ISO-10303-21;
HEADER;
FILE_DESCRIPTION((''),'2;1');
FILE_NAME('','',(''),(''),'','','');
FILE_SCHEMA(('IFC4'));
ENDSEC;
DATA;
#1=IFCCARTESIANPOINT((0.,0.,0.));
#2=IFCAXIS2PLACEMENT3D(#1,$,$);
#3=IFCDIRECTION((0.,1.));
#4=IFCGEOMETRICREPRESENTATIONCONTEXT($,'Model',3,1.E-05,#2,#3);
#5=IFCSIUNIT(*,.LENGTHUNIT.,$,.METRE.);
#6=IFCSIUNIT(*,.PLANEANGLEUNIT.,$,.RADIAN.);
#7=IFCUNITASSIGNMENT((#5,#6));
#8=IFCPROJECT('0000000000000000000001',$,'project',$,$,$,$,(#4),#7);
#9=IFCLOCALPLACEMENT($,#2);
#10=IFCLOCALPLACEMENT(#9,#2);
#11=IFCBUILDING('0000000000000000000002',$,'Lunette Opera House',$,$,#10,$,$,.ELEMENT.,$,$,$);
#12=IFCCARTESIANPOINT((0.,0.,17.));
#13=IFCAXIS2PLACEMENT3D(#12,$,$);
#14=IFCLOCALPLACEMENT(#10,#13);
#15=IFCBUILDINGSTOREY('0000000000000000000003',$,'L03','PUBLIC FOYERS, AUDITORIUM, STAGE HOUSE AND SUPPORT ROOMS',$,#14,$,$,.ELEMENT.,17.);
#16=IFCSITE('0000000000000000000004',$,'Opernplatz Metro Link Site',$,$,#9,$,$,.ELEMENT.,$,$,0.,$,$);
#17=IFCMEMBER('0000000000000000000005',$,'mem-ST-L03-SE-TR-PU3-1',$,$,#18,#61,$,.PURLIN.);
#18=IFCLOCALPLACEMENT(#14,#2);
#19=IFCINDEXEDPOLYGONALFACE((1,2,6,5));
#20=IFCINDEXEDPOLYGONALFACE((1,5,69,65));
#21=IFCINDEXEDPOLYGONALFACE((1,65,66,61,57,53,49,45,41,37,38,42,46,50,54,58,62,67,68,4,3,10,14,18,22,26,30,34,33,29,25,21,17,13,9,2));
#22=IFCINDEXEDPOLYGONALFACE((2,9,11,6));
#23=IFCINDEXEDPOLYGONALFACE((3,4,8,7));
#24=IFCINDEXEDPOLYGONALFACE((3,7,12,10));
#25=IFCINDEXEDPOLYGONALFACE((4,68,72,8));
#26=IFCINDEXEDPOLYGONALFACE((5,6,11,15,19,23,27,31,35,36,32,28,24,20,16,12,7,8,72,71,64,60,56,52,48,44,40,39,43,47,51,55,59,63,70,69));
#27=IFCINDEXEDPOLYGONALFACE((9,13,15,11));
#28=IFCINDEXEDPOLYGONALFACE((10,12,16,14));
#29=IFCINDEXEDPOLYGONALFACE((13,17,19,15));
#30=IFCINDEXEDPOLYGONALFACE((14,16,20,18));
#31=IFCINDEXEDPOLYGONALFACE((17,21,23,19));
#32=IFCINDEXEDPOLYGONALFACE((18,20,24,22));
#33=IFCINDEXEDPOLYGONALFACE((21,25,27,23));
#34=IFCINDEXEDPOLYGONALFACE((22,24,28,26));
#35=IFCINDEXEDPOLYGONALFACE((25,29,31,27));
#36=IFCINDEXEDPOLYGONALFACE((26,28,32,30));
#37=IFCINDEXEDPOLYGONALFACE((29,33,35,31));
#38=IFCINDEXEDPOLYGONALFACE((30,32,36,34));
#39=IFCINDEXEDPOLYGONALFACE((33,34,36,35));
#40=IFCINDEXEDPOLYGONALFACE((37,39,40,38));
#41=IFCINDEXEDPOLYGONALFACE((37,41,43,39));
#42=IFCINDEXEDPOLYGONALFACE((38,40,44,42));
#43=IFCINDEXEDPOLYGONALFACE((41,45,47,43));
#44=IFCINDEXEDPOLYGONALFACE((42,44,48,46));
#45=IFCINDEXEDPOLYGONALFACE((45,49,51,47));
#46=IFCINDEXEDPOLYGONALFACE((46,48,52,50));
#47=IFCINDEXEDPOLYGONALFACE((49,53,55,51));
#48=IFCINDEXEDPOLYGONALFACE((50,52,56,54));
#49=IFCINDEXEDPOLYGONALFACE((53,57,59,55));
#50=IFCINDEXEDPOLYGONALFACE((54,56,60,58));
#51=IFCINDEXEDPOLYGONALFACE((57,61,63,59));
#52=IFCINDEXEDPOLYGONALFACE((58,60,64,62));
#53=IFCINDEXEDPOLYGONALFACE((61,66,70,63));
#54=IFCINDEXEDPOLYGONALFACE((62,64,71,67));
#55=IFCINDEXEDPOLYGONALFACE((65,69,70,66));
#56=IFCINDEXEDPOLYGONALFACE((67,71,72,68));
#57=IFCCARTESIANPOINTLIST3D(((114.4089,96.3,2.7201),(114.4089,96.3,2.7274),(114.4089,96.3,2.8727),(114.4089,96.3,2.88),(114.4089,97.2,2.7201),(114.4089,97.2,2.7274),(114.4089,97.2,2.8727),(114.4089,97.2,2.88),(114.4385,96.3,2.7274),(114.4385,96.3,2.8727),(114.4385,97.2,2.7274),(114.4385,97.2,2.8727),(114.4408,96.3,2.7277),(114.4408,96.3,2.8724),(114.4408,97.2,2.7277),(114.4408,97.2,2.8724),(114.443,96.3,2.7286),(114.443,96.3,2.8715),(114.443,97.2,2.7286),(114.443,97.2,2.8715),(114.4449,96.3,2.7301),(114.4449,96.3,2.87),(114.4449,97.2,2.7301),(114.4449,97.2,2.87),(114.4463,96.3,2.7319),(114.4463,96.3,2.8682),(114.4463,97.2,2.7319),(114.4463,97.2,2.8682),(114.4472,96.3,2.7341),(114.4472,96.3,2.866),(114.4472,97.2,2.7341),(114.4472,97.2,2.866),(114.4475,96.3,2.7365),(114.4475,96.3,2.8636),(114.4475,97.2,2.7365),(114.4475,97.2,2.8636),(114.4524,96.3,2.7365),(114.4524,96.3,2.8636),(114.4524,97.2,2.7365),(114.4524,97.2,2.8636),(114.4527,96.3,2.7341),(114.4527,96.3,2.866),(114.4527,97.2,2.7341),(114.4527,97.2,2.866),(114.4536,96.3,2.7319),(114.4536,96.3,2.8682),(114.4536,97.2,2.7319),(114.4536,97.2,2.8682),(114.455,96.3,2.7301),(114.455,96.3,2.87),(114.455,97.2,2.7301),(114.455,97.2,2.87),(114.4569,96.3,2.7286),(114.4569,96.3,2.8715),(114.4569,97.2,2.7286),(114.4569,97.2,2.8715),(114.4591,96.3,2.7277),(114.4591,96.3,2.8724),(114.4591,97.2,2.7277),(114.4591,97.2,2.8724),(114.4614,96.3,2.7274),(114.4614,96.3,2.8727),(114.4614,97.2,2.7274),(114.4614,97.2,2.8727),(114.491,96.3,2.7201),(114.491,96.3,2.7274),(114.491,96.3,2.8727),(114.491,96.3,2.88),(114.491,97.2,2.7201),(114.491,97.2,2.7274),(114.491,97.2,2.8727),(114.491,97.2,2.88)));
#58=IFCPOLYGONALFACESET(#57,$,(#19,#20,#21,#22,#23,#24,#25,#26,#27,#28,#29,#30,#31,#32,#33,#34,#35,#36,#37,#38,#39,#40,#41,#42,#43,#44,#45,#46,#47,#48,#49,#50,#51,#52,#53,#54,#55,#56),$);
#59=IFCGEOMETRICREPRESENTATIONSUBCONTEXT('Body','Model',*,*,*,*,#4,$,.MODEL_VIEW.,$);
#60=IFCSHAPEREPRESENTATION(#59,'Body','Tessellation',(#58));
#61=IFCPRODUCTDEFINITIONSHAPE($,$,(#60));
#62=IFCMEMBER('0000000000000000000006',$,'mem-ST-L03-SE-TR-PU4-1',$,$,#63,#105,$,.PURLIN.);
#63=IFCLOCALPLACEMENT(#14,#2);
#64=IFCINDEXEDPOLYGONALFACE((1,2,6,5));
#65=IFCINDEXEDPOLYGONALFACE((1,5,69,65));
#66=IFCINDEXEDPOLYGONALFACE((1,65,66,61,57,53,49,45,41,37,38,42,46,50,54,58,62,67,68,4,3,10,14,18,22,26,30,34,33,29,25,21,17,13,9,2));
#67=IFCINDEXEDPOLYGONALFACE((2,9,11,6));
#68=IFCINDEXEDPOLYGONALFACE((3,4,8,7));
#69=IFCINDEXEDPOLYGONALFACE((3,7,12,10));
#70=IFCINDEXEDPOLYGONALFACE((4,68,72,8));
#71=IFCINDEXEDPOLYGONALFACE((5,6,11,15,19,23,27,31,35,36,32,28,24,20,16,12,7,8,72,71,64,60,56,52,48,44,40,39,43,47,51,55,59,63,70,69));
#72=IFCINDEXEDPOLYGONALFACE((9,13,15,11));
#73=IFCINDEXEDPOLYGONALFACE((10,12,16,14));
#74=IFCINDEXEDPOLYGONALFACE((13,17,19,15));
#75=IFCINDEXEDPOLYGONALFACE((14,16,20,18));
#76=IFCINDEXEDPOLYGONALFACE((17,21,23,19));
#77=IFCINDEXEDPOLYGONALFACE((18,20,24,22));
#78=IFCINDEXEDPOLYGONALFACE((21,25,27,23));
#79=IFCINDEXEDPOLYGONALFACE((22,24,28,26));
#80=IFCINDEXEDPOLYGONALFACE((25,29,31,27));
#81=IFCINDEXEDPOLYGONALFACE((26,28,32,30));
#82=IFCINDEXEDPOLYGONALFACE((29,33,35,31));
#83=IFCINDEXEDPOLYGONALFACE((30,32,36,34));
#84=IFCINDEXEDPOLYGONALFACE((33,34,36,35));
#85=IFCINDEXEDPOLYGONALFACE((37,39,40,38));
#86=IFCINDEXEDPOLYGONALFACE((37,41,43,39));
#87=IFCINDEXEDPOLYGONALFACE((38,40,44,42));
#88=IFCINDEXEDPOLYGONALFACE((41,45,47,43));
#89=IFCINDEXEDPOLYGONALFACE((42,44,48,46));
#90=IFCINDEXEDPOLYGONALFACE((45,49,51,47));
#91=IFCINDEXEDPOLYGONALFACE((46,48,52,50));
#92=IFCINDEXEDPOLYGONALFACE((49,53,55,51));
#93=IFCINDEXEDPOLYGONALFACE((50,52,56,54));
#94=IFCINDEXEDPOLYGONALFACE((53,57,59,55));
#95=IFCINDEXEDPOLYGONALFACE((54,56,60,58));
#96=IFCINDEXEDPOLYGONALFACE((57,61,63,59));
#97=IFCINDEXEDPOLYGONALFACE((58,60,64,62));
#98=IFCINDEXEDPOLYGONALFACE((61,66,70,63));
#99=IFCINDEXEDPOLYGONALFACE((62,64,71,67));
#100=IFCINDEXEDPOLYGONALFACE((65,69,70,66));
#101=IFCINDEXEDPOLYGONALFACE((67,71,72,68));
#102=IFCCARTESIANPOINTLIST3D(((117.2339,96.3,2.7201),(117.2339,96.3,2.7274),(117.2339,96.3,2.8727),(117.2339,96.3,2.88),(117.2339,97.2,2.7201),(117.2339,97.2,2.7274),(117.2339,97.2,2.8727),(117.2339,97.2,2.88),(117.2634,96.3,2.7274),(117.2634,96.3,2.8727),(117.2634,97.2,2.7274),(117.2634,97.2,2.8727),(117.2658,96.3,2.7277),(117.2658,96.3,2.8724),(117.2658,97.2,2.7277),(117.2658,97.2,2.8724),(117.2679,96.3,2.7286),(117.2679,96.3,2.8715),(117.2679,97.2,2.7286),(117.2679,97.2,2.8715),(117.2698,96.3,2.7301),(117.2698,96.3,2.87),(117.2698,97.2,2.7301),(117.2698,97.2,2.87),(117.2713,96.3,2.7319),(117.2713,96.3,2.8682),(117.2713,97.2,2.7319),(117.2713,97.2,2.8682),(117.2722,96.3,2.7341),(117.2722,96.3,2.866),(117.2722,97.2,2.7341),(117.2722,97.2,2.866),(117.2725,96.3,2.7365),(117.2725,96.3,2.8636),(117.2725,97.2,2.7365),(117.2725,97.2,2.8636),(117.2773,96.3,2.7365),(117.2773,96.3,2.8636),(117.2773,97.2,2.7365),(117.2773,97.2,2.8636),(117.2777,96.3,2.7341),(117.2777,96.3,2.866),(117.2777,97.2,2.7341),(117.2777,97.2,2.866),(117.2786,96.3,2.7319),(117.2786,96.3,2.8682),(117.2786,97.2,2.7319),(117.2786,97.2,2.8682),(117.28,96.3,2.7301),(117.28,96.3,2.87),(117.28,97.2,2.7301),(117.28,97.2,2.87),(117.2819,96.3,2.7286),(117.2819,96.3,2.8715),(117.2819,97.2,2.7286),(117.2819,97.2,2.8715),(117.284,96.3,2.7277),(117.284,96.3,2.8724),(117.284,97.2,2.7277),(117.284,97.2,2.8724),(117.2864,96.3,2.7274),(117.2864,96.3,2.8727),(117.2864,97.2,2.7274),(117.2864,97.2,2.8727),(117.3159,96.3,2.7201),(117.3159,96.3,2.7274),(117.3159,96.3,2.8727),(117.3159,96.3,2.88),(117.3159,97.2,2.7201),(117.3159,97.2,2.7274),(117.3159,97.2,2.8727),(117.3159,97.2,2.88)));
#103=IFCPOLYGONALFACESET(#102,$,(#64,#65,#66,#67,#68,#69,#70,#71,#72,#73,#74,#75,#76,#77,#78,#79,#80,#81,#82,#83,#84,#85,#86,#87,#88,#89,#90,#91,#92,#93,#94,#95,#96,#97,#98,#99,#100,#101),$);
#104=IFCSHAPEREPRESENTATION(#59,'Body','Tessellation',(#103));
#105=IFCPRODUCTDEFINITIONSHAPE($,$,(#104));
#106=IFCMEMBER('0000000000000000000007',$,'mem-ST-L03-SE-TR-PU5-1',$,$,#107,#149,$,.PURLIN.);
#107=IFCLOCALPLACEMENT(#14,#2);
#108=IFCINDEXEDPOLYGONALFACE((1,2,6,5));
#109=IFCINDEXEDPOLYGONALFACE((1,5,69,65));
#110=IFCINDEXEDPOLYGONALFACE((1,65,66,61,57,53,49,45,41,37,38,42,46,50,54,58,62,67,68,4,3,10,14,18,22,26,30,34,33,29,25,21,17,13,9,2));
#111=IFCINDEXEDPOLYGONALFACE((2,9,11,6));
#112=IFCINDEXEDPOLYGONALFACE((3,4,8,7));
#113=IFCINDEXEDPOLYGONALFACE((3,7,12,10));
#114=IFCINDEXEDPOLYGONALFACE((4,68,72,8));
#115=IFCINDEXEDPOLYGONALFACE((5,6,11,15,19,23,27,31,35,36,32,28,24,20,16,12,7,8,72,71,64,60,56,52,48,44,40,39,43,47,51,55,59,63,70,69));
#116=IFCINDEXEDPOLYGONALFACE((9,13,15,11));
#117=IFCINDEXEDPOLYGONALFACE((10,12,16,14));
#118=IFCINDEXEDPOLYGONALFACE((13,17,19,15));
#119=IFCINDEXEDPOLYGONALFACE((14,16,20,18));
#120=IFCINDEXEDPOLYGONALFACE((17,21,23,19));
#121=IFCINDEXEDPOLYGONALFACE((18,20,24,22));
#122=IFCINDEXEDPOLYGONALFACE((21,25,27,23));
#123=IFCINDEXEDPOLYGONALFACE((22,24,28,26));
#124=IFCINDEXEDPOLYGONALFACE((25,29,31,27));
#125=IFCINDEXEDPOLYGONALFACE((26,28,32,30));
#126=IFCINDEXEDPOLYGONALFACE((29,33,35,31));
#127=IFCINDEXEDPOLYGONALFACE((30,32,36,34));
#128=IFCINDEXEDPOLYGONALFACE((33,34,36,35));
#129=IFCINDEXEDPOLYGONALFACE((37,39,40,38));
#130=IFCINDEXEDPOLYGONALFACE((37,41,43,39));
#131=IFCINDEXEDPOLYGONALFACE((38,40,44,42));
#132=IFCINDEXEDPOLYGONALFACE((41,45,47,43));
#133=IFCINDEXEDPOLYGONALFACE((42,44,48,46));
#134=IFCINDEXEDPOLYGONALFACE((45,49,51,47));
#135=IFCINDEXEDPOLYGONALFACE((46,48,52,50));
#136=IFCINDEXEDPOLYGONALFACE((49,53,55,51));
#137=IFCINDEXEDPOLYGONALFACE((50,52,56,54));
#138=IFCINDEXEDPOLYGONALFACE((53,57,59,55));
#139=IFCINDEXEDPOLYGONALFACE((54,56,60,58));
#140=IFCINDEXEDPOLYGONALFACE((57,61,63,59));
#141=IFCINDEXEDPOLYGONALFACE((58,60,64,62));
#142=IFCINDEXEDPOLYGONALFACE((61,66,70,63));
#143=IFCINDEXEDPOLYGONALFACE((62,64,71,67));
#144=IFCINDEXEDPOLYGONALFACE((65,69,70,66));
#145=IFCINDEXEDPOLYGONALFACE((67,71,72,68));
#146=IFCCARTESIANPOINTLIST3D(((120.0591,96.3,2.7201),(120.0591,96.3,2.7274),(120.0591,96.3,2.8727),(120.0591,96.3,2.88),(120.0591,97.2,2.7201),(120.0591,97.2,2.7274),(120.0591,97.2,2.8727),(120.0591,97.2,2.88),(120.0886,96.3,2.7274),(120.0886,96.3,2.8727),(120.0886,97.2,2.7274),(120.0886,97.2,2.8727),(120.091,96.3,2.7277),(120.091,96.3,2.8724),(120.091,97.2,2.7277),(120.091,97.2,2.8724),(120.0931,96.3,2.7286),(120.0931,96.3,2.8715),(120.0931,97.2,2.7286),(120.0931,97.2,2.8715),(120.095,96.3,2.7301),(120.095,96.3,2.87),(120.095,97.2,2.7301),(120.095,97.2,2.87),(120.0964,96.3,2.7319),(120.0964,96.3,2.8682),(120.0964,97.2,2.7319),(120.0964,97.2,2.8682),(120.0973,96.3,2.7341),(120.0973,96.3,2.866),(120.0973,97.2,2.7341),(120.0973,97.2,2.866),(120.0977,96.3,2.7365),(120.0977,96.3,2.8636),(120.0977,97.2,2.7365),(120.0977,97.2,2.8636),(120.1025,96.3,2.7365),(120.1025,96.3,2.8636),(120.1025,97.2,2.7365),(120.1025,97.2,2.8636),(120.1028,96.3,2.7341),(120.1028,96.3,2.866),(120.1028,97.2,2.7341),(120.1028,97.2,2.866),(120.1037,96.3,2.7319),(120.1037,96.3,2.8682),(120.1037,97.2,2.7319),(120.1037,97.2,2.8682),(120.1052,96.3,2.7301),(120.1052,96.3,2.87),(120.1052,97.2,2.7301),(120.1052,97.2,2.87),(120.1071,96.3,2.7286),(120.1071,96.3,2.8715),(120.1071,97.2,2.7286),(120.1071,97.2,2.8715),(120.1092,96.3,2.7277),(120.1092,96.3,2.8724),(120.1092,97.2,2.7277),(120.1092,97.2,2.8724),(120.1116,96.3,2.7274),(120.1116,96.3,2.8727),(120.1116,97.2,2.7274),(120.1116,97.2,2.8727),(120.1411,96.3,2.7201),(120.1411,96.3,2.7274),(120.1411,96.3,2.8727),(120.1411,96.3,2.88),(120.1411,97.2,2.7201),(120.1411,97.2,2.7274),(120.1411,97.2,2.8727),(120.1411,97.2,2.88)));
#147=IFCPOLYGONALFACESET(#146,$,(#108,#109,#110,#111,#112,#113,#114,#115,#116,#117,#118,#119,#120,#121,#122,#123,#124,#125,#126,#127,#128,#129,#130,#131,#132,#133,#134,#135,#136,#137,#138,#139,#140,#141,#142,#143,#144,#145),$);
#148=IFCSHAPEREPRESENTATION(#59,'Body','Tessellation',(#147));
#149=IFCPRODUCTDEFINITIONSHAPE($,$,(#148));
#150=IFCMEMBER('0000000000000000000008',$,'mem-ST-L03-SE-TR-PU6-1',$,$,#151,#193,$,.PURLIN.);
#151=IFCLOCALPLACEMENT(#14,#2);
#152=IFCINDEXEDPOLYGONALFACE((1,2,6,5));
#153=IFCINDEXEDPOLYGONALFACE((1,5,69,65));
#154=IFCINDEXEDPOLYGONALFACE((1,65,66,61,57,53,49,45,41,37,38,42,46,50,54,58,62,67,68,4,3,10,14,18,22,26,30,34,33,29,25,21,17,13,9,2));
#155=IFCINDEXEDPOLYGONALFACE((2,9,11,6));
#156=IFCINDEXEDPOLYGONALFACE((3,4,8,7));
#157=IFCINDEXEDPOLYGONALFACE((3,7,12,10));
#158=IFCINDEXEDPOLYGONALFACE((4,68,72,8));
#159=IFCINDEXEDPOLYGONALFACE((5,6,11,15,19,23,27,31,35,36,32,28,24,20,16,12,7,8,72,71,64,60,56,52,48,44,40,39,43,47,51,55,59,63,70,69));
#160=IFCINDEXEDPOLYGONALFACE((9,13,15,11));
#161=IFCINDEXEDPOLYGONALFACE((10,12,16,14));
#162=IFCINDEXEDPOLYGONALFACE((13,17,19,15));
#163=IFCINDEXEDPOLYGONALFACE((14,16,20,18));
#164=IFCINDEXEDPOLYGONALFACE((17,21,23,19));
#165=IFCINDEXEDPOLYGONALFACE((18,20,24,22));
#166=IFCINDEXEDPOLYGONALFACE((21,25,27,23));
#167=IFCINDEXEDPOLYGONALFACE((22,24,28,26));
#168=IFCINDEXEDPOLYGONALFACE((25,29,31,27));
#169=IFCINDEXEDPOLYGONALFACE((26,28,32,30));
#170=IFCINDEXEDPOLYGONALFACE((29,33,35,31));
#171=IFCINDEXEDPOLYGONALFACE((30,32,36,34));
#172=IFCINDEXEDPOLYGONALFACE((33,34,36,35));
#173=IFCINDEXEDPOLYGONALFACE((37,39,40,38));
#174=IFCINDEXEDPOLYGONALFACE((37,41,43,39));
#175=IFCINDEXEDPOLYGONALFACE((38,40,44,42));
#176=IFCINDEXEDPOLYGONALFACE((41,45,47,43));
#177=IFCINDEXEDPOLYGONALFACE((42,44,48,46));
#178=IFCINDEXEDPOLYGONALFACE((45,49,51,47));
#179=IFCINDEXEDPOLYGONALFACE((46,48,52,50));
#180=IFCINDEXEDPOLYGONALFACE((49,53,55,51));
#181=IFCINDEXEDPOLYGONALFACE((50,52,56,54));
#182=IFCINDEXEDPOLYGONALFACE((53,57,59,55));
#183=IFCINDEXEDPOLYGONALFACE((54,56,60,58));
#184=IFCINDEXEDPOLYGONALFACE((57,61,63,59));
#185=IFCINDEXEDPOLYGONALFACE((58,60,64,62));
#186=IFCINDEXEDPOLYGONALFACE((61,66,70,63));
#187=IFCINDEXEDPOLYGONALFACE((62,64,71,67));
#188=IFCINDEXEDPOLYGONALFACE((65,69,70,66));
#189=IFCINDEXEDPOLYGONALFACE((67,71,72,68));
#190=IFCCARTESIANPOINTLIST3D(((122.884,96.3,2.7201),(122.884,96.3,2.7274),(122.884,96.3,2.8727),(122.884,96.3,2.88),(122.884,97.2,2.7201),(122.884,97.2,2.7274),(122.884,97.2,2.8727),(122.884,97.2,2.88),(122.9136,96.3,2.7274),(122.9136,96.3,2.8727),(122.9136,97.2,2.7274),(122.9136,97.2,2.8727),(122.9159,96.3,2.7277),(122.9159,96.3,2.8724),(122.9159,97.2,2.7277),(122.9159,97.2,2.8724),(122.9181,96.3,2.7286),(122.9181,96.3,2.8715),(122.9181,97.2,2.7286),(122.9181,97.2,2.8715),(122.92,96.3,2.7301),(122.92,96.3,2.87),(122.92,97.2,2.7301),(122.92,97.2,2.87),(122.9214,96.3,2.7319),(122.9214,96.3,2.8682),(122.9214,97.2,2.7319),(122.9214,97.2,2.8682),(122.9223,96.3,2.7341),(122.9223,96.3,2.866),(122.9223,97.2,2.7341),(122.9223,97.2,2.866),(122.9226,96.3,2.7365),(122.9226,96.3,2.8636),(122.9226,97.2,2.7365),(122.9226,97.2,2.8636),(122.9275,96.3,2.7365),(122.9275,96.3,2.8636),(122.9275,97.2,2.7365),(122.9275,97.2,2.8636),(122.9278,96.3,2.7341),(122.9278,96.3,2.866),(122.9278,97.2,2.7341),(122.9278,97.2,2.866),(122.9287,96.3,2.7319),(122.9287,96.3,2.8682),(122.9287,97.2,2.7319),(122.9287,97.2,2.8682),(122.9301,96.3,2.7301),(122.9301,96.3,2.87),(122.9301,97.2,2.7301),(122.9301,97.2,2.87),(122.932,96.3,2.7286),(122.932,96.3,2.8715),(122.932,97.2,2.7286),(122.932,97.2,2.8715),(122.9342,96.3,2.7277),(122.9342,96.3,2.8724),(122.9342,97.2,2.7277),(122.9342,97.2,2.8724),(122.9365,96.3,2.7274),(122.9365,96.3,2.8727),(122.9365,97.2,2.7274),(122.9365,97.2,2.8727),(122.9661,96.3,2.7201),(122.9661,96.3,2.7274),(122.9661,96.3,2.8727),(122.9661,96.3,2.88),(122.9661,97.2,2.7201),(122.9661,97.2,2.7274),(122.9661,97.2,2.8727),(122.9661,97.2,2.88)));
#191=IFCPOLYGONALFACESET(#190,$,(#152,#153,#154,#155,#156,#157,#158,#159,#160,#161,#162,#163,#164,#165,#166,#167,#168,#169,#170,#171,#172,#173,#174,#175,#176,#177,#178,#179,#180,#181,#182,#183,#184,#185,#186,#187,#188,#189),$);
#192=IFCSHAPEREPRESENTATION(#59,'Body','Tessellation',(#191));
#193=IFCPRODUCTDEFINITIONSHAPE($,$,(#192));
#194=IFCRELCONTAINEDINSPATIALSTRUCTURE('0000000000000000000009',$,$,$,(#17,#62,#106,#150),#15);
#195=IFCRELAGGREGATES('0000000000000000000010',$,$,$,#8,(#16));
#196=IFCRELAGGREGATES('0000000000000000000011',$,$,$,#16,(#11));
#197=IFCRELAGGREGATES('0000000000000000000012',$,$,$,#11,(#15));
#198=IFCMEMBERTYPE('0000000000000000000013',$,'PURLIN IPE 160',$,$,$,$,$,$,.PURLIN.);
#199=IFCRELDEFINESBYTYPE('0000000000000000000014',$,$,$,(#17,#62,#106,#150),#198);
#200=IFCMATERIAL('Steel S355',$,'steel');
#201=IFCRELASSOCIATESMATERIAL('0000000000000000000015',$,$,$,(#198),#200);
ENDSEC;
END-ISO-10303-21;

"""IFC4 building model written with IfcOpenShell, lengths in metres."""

from ifc_helpers import new_model, si_unit, direction, frame, origin, origin_2d, place, context, subcontext, project, spatial, i_section, extrude, material, material_profile, profile_set, type_object, element, save


model = new_model("IFC4")

# Units and contexts
model_context = context("Model", 3, precision=1e-05, world=origin(), true_north=direction((0.0, 1.0)))
body_context = subcontext(model_context, "Body", "Model", "MODEL_VIEW")
ifc_project = project(units=[si_unit("LENGTHUNIT", "METRE"), si_unit("PLANEANGLEUNIT", "RADIAN")], contexts=[model_context])

# Site, building, storey
site_placement = place(None, origin())
site = spatial("IfcSite", under=ifc_project, at=site_placement, Name="Opernplatz Metro Link Site", CompositionType="ELEMENT", RefElevation=0.0)
building_placement = place(site_placement, origin())
building = spatial("IfcBuilding", under=site, at=building_placement, Name="Lunette Opera House", CompositionType="ELEMENT")
storey_placement = place(building_placement, frame((0.0, 0.0, 17.0)))
storey = spatial("IfcBuildingStorey", under=building, at=storey_placement, Name="L03", Description="PUBLIC FOYERS, AUDITORIUM, STAGE HOUSE AND SUPPORT ROOMS", CompositionType="ELEMENT", Elevation=17.0)

# Members
ifc_material_1 = material(Name="Steel S355", Category="steel")
ifc_material_profile = material_profile(ifc_material_1, i_section(OverallWidth=0.082, OverallDepth=0.1599, WebThickness=0.0049, FlangeThickness=0.0073, FilletRadius=0.009, at=origin_2d()), Name="IPE 160")
ifc_profile_set = profile_set([ifc_material_profile], Name="Steel S355")
member_type = type_object("IfcMemberType", Name="PURLIN IPE 160", PredefinedType="PURLIN", material=ifc_profile_set)
for number, where, z_axis, x_axis, name in (
    (1, (114.45, 96.3, 2.8), (0.0, 1.0, 0.0), (-1.0, 0.0, 0.0), "mem-ST-L03-SE-TR-PU3-1"),
    (2, (117.2749, 96.3, 2.8), (0.0, 1.0, 0.0), (-1.0, 0.0, 0.0), "mem-ST-L03-SE-TR-PU4-1"),
    (3, (120.1001, 96.3, 2.8), (0.0, 1.0, 0.0), (-1.0, 0.0, 0.0), "mem-ST-L03-SE-TR-PU5-1"),
    (4, (122.925, 96.3, 2.8), (0.0, 1.0, 0.0), (-1.0, 0.0, 0.0), "mem-ST-L03-SE-TR-PU6-1"),
):
    element("IfcMember", number, at=place(storey_placement, frame(where, z_axis=z_axis, x_axis=x_axis)), inside=storey, type_object=member_type, Name=name, PredefinedType="PURLIN", context=body_context, shape_type="SweptSolid", body=[
        extrude(i_section(OverallWidth=0.082, OverallDepth=0.1599, WebThickness=0.0049, FlangeThickness=0.0073, FilletRadius=0.009, at=origin_2d()), origin(), (0.0, 0.0, 1.0), 0.8999),
    ])

save(model, "model.ifc")
